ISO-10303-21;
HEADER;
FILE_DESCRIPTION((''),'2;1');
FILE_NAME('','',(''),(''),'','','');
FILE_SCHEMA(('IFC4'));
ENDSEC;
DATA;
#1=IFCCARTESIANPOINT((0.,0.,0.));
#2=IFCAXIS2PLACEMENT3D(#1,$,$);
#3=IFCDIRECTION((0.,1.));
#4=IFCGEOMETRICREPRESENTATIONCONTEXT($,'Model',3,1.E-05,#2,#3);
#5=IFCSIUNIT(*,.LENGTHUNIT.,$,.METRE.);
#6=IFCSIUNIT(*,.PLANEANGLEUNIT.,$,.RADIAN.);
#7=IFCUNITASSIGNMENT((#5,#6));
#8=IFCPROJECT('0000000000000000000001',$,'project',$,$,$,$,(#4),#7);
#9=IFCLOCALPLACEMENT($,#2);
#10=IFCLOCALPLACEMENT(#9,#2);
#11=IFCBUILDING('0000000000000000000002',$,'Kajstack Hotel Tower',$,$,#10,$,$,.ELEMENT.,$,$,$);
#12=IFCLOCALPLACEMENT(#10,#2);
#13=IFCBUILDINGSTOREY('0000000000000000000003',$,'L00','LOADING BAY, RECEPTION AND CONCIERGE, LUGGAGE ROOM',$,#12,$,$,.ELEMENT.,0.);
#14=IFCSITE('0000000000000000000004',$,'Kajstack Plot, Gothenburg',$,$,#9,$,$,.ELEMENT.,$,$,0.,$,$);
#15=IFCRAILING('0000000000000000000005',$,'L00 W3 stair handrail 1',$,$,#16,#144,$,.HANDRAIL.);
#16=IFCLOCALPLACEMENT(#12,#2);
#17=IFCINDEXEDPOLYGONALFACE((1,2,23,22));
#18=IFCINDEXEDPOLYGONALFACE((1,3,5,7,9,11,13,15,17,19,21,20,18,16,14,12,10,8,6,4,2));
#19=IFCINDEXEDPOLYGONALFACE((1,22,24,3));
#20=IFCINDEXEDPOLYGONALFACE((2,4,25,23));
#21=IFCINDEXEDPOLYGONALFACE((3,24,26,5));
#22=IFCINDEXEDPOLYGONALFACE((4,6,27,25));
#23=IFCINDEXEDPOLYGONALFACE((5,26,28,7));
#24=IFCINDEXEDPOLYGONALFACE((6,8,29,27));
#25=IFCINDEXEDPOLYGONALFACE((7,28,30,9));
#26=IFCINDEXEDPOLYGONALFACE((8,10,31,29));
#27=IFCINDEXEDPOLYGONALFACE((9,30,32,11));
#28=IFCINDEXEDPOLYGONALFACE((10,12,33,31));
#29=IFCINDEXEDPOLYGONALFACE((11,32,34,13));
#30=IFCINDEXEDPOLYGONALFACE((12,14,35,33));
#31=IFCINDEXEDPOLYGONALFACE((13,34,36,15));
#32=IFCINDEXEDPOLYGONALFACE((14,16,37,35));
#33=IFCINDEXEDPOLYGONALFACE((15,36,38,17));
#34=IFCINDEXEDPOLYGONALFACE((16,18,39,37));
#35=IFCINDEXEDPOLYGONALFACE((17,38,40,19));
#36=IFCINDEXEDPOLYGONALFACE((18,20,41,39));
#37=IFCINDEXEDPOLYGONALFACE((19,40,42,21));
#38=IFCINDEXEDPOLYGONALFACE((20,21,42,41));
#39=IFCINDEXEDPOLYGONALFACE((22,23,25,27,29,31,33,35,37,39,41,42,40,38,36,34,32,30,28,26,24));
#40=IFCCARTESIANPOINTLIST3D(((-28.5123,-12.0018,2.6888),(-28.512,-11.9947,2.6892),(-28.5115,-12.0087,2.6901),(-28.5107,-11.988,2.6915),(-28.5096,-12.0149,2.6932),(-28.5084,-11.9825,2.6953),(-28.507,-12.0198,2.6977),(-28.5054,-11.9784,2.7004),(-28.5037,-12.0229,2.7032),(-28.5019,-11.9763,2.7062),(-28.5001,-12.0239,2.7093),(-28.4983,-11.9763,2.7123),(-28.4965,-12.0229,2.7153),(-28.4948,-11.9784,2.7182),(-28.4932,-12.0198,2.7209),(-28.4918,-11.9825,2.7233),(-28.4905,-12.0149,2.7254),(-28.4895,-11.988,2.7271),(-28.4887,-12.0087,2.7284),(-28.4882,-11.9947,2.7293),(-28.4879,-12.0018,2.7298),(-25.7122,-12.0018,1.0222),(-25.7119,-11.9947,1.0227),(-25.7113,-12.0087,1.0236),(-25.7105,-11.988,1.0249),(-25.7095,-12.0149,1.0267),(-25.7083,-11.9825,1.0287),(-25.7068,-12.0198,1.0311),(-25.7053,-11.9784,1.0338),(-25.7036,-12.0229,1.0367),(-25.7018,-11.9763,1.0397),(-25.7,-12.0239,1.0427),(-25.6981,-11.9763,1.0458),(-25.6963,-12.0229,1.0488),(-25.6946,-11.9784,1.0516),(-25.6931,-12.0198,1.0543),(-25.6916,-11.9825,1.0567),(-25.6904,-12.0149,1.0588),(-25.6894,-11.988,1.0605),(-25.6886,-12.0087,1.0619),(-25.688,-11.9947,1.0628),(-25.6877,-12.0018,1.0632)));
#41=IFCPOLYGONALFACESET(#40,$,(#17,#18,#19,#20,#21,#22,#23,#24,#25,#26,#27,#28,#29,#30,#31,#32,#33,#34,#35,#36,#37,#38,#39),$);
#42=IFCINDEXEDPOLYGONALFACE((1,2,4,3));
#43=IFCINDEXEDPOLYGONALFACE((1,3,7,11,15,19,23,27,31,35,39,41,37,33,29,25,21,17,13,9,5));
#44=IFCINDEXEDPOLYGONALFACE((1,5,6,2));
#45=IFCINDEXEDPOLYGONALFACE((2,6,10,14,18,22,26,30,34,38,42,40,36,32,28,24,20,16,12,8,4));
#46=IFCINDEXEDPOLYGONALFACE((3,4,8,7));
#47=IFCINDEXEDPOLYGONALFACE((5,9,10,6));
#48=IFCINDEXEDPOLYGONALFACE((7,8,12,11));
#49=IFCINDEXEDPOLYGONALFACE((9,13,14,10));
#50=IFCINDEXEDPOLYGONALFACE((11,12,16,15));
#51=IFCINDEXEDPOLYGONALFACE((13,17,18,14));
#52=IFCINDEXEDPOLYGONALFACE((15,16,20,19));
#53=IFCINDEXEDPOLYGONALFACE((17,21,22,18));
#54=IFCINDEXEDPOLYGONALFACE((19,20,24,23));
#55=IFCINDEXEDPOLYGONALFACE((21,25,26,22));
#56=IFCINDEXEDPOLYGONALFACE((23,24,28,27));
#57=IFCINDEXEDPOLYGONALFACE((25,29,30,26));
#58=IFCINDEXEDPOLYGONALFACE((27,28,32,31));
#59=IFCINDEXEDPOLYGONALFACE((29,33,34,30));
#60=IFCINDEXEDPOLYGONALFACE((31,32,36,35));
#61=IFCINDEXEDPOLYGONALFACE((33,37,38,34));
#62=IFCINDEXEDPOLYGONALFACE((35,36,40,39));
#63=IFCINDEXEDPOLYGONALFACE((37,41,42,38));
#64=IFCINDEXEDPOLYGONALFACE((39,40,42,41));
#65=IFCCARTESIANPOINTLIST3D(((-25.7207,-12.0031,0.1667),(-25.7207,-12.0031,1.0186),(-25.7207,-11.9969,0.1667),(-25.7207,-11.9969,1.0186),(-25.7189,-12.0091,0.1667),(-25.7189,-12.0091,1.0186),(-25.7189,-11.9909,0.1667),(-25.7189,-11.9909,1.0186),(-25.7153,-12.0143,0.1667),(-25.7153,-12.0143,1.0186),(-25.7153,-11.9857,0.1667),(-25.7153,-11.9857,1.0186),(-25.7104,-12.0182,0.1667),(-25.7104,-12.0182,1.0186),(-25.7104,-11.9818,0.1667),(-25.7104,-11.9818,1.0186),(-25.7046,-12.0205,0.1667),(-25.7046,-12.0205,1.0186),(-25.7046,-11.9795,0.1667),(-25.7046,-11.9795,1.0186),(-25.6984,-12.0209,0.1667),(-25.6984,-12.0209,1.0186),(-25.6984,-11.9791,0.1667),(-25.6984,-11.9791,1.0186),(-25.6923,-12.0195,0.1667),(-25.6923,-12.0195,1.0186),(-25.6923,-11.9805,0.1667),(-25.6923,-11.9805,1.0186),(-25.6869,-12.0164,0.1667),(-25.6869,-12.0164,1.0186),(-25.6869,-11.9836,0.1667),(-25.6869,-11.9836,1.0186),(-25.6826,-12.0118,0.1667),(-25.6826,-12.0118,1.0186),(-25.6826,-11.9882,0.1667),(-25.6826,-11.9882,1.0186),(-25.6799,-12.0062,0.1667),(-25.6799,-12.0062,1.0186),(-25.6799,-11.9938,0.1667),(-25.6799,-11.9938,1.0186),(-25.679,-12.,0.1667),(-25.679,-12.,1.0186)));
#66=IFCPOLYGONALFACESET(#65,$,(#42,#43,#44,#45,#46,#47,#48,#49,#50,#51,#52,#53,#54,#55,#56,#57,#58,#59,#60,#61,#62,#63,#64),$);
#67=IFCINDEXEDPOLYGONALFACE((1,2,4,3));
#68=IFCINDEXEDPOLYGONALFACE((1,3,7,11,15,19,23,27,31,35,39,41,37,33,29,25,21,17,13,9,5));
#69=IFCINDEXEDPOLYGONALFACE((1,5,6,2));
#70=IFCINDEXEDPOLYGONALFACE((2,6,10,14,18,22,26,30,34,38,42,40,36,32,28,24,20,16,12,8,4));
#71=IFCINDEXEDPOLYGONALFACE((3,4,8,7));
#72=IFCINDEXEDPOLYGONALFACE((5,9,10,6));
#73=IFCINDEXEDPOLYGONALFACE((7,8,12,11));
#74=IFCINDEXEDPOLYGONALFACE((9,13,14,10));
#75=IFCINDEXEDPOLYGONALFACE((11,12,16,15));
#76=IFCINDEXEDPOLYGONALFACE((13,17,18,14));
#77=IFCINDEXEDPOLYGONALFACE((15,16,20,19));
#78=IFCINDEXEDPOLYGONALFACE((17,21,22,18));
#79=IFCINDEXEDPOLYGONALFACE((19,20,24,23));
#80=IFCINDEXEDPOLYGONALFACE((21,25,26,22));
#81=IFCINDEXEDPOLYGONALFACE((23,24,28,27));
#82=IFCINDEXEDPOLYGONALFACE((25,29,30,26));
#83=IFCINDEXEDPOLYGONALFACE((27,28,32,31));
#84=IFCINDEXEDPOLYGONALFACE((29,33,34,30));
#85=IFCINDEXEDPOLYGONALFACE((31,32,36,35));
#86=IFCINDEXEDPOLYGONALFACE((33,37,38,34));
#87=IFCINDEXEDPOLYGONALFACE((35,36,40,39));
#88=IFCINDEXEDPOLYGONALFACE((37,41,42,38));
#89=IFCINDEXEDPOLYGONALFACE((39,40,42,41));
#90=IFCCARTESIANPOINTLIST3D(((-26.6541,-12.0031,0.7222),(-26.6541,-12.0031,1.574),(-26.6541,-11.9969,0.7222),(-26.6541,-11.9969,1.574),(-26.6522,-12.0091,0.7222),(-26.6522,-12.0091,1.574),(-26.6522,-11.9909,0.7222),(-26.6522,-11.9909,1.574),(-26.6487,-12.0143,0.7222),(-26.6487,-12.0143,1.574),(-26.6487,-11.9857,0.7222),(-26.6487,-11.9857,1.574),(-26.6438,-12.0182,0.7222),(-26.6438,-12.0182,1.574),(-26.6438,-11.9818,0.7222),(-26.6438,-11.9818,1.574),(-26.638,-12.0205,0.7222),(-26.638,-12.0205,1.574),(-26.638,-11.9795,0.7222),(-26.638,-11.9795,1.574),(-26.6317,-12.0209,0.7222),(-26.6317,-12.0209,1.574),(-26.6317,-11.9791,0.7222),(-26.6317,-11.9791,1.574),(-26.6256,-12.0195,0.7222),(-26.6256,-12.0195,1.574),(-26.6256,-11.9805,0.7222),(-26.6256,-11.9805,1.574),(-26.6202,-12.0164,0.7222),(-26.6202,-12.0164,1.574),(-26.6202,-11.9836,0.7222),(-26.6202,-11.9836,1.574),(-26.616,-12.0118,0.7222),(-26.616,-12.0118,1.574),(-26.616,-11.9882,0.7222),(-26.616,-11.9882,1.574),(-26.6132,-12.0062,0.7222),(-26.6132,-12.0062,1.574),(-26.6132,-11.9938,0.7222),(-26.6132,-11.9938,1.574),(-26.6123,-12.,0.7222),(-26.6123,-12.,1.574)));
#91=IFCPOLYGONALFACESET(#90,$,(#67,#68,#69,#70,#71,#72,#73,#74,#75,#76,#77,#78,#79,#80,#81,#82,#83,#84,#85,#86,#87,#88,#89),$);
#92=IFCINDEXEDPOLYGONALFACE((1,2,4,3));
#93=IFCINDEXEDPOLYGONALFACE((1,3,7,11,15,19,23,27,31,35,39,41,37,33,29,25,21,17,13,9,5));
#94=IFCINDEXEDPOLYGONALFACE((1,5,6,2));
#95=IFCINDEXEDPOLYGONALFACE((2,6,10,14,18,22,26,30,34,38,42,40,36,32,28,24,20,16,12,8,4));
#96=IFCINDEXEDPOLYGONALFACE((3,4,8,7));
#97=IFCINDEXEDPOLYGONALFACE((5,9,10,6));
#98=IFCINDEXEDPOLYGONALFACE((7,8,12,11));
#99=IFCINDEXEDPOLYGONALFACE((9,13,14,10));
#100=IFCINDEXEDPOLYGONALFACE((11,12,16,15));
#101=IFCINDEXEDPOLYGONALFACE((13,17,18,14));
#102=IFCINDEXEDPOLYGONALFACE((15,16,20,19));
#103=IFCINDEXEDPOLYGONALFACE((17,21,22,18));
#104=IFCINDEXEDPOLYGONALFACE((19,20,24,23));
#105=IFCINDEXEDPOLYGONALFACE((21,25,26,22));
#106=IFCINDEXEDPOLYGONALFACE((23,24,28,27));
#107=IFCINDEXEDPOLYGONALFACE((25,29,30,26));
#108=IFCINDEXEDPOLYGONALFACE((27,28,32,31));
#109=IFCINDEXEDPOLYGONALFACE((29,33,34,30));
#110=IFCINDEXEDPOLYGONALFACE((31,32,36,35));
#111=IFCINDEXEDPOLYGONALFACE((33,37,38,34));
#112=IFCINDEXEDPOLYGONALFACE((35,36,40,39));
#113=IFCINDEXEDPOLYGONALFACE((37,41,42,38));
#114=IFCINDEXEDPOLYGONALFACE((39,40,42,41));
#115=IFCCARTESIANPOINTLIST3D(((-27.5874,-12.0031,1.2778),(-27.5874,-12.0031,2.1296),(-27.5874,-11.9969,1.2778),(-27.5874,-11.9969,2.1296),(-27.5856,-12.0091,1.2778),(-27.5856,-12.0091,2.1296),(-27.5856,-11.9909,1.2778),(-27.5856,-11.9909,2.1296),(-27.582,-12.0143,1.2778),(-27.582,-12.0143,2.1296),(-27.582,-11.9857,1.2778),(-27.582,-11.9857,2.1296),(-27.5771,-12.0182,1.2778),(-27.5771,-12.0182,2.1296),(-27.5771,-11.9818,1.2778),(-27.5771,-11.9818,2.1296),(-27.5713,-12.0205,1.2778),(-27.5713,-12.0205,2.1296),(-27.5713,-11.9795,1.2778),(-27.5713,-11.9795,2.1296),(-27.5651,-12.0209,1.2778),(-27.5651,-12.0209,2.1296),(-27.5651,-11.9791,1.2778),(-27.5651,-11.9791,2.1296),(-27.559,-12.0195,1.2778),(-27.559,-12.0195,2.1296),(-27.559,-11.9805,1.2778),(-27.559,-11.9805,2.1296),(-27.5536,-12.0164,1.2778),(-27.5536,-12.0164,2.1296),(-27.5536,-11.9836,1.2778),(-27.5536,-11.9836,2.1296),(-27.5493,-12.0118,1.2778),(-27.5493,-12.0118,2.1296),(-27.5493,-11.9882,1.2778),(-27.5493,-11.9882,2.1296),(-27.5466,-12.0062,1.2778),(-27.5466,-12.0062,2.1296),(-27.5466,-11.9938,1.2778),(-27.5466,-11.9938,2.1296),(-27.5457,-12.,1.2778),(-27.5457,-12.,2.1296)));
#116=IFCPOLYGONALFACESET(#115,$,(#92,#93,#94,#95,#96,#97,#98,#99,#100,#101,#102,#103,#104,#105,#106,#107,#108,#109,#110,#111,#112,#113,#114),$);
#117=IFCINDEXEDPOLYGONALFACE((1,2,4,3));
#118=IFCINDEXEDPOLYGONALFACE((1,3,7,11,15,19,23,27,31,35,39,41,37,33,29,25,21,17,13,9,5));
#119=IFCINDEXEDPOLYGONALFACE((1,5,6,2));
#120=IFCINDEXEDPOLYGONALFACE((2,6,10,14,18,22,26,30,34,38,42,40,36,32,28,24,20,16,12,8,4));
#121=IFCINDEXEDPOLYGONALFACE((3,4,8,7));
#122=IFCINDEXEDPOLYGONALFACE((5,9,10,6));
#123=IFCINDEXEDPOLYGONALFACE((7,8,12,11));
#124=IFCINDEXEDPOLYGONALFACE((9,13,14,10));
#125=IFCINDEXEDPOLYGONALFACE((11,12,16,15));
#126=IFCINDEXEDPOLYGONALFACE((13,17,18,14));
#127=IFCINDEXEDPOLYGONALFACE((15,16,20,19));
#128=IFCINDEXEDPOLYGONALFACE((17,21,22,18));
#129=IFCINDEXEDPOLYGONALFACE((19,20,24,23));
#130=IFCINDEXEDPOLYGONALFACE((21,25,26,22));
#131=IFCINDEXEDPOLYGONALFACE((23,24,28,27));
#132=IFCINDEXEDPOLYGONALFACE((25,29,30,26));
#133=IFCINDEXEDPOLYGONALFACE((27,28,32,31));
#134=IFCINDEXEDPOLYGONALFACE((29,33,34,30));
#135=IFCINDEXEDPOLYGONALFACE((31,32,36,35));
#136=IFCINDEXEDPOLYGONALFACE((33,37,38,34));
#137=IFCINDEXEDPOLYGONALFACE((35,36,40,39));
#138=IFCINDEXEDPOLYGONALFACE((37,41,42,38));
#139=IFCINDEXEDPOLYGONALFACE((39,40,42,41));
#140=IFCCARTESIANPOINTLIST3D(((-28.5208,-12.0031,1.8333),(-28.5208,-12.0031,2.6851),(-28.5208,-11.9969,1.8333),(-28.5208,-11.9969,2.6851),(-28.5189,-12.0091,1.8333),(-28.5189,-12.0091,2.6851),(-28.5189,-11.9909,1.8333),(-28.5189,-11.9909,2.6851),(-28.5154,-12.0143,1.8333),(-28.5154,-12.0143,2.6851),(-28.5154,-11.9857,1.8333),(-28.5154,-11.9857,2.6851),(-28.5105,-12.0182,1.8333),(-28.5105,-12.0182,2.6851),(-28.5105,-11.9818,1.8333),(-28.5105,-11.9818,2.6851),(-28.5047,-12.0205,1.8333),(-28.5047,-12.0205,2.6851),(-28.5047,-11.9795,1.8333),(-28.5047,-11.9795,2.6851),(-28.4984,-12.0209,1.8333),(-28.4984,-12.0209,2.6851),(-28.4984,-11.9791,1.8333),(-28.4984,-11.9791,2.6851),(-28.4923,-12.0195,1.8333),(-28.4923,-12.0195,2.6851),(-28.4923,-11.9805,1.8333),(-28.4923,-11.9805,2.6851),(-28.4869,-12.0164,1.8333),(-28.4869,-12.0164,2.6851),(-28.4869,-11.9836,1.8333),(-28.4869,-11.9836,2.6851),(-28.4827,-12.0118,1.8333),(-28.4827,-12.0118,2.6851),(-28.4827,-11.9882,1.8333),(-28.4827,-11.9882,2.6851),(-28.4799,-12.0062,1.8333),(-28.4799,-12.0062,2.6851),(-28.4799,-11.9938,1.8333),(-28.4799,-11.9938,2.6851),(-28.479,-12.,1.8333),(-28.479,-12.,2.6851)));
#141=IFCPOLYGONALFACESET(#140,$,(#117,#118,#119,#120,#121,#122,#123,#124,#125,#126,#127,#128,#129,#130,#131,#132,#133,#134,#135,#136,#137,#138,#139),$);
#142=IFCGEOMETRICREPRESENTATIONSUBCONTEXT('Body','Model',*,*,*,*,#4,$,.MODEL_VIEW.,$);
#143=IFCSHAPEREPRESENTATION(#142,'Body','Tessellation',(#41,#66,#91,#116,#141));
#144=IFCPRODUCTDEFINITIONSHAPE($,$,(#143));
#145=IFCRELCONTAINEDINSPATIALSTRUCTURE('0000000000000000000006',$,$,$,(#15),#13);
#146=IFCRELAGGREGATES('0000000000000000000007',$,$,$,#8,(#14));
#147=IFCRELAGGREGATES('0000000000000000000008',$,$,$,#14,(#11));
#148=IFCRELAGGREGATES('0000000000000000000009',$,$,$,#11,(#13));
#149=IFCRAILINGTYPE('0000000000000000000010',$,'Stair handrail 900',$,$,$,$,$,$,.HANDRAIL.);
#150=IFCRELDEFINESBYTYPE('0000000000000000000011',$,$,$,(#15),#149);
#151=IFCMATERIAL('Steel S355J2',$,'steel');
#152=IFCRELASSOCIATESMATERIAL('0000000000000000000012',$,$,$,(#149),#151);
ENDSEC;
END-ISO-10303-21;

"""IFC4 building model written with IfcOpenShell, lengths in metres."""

from ifc_helpers import new_model, si_unit, direction, frame, origin, origin_2d, place, context, subcontext, project, spatial, circle, extrude, material, type_object, element, save


model = new_model("IFC4")

# Units and contexts
model_context = context("Model", 3, precision=1e-05, world=origin(), true_north=direction((0.0, 1.0)))
body_context = subcontext(model_context, "Body", "Model", "MODEL_VIEW")
ifc_project = project(units=[si_unit("LENGTHUNIT", "METRE"), si_unit("PLANEANGLEUNIT", "RADIAN")], contexts=[model_context])

# Site, building, storey
site_placement = place(None, origin())
site = spatial("IfcSite", under=ifc_project, at=site_placement, Name="Kajstack Plot, Gothenburg", CompositionType="ELEMENT", RefElevation=0.0)
building_placement = place(site_placement, origin())
building = spatial("IfcBuilding", under=site, at=building_placement, Name="Kajstack Hotel Tower", CompositionType="ELEMENT")
storey_placement = place(building_placement, origin())
storey = spatial("IfcBuildingStorey", under=building, at=storey_placement, Name="L00", Description="LOADING BAY, RECEPTION AND CONCIERGE, LUGGAGE ROOM", CompositionType="ELEMENT", Elevation=0.0)

# Railing
ifc_material_1 = material(Name="Steel S355J2", Category="steel")
railing_type_1 = type_object("IfcRailingType", Name="Stair handrail 900", PredefinedType="HANDRAIL", material=ifc_material_1)
railing_1_placement = place(storey_placement, frame((-25.7, -12.0, 0.1667)))
element("IfcRailing", 1, at=railing_1_placement, inside=storey, type_object=railing_type_1, Name="L00 W3 stair handrail 1", PredefinedType="HANDRAIL", context=body_context, shape_type="SweptSolid", body=[
    extrude(circle(Radius=0.0239, at=origin_2d()), frame((0.0, 0.0, 0.876), z_axis=(-0.859319, 0.0, 0.51144), x_axis=(0.0, -1.0, 0.0)), (0.0, 0.0, 1.0), 3.2585),
    extrude(circle(Radius=0.021, at=origin_2d()), origin(), (0.0, 0.0, 1.0), 0.8518),
    extrude(circle(Radius=0.021, at=origin_2d()), frame((-0.9333, 0.0, 0.5554)), (0.0, 0.0, 1.0), 0.8518),
    extrude(circle(Radius=0.021, at=origin_2d()), frame((-1.8667, 0.0, 1.1111)), (0.0, 0.0, 1.0), 0.8518),
    extrude(circle(Radius=0.021, at=origin_2d()), frame((-2.8, 0.0, 1.6665)), (0.0, 0.0, 1.0), 0.8518),
])

save(model, "model.ifc")
